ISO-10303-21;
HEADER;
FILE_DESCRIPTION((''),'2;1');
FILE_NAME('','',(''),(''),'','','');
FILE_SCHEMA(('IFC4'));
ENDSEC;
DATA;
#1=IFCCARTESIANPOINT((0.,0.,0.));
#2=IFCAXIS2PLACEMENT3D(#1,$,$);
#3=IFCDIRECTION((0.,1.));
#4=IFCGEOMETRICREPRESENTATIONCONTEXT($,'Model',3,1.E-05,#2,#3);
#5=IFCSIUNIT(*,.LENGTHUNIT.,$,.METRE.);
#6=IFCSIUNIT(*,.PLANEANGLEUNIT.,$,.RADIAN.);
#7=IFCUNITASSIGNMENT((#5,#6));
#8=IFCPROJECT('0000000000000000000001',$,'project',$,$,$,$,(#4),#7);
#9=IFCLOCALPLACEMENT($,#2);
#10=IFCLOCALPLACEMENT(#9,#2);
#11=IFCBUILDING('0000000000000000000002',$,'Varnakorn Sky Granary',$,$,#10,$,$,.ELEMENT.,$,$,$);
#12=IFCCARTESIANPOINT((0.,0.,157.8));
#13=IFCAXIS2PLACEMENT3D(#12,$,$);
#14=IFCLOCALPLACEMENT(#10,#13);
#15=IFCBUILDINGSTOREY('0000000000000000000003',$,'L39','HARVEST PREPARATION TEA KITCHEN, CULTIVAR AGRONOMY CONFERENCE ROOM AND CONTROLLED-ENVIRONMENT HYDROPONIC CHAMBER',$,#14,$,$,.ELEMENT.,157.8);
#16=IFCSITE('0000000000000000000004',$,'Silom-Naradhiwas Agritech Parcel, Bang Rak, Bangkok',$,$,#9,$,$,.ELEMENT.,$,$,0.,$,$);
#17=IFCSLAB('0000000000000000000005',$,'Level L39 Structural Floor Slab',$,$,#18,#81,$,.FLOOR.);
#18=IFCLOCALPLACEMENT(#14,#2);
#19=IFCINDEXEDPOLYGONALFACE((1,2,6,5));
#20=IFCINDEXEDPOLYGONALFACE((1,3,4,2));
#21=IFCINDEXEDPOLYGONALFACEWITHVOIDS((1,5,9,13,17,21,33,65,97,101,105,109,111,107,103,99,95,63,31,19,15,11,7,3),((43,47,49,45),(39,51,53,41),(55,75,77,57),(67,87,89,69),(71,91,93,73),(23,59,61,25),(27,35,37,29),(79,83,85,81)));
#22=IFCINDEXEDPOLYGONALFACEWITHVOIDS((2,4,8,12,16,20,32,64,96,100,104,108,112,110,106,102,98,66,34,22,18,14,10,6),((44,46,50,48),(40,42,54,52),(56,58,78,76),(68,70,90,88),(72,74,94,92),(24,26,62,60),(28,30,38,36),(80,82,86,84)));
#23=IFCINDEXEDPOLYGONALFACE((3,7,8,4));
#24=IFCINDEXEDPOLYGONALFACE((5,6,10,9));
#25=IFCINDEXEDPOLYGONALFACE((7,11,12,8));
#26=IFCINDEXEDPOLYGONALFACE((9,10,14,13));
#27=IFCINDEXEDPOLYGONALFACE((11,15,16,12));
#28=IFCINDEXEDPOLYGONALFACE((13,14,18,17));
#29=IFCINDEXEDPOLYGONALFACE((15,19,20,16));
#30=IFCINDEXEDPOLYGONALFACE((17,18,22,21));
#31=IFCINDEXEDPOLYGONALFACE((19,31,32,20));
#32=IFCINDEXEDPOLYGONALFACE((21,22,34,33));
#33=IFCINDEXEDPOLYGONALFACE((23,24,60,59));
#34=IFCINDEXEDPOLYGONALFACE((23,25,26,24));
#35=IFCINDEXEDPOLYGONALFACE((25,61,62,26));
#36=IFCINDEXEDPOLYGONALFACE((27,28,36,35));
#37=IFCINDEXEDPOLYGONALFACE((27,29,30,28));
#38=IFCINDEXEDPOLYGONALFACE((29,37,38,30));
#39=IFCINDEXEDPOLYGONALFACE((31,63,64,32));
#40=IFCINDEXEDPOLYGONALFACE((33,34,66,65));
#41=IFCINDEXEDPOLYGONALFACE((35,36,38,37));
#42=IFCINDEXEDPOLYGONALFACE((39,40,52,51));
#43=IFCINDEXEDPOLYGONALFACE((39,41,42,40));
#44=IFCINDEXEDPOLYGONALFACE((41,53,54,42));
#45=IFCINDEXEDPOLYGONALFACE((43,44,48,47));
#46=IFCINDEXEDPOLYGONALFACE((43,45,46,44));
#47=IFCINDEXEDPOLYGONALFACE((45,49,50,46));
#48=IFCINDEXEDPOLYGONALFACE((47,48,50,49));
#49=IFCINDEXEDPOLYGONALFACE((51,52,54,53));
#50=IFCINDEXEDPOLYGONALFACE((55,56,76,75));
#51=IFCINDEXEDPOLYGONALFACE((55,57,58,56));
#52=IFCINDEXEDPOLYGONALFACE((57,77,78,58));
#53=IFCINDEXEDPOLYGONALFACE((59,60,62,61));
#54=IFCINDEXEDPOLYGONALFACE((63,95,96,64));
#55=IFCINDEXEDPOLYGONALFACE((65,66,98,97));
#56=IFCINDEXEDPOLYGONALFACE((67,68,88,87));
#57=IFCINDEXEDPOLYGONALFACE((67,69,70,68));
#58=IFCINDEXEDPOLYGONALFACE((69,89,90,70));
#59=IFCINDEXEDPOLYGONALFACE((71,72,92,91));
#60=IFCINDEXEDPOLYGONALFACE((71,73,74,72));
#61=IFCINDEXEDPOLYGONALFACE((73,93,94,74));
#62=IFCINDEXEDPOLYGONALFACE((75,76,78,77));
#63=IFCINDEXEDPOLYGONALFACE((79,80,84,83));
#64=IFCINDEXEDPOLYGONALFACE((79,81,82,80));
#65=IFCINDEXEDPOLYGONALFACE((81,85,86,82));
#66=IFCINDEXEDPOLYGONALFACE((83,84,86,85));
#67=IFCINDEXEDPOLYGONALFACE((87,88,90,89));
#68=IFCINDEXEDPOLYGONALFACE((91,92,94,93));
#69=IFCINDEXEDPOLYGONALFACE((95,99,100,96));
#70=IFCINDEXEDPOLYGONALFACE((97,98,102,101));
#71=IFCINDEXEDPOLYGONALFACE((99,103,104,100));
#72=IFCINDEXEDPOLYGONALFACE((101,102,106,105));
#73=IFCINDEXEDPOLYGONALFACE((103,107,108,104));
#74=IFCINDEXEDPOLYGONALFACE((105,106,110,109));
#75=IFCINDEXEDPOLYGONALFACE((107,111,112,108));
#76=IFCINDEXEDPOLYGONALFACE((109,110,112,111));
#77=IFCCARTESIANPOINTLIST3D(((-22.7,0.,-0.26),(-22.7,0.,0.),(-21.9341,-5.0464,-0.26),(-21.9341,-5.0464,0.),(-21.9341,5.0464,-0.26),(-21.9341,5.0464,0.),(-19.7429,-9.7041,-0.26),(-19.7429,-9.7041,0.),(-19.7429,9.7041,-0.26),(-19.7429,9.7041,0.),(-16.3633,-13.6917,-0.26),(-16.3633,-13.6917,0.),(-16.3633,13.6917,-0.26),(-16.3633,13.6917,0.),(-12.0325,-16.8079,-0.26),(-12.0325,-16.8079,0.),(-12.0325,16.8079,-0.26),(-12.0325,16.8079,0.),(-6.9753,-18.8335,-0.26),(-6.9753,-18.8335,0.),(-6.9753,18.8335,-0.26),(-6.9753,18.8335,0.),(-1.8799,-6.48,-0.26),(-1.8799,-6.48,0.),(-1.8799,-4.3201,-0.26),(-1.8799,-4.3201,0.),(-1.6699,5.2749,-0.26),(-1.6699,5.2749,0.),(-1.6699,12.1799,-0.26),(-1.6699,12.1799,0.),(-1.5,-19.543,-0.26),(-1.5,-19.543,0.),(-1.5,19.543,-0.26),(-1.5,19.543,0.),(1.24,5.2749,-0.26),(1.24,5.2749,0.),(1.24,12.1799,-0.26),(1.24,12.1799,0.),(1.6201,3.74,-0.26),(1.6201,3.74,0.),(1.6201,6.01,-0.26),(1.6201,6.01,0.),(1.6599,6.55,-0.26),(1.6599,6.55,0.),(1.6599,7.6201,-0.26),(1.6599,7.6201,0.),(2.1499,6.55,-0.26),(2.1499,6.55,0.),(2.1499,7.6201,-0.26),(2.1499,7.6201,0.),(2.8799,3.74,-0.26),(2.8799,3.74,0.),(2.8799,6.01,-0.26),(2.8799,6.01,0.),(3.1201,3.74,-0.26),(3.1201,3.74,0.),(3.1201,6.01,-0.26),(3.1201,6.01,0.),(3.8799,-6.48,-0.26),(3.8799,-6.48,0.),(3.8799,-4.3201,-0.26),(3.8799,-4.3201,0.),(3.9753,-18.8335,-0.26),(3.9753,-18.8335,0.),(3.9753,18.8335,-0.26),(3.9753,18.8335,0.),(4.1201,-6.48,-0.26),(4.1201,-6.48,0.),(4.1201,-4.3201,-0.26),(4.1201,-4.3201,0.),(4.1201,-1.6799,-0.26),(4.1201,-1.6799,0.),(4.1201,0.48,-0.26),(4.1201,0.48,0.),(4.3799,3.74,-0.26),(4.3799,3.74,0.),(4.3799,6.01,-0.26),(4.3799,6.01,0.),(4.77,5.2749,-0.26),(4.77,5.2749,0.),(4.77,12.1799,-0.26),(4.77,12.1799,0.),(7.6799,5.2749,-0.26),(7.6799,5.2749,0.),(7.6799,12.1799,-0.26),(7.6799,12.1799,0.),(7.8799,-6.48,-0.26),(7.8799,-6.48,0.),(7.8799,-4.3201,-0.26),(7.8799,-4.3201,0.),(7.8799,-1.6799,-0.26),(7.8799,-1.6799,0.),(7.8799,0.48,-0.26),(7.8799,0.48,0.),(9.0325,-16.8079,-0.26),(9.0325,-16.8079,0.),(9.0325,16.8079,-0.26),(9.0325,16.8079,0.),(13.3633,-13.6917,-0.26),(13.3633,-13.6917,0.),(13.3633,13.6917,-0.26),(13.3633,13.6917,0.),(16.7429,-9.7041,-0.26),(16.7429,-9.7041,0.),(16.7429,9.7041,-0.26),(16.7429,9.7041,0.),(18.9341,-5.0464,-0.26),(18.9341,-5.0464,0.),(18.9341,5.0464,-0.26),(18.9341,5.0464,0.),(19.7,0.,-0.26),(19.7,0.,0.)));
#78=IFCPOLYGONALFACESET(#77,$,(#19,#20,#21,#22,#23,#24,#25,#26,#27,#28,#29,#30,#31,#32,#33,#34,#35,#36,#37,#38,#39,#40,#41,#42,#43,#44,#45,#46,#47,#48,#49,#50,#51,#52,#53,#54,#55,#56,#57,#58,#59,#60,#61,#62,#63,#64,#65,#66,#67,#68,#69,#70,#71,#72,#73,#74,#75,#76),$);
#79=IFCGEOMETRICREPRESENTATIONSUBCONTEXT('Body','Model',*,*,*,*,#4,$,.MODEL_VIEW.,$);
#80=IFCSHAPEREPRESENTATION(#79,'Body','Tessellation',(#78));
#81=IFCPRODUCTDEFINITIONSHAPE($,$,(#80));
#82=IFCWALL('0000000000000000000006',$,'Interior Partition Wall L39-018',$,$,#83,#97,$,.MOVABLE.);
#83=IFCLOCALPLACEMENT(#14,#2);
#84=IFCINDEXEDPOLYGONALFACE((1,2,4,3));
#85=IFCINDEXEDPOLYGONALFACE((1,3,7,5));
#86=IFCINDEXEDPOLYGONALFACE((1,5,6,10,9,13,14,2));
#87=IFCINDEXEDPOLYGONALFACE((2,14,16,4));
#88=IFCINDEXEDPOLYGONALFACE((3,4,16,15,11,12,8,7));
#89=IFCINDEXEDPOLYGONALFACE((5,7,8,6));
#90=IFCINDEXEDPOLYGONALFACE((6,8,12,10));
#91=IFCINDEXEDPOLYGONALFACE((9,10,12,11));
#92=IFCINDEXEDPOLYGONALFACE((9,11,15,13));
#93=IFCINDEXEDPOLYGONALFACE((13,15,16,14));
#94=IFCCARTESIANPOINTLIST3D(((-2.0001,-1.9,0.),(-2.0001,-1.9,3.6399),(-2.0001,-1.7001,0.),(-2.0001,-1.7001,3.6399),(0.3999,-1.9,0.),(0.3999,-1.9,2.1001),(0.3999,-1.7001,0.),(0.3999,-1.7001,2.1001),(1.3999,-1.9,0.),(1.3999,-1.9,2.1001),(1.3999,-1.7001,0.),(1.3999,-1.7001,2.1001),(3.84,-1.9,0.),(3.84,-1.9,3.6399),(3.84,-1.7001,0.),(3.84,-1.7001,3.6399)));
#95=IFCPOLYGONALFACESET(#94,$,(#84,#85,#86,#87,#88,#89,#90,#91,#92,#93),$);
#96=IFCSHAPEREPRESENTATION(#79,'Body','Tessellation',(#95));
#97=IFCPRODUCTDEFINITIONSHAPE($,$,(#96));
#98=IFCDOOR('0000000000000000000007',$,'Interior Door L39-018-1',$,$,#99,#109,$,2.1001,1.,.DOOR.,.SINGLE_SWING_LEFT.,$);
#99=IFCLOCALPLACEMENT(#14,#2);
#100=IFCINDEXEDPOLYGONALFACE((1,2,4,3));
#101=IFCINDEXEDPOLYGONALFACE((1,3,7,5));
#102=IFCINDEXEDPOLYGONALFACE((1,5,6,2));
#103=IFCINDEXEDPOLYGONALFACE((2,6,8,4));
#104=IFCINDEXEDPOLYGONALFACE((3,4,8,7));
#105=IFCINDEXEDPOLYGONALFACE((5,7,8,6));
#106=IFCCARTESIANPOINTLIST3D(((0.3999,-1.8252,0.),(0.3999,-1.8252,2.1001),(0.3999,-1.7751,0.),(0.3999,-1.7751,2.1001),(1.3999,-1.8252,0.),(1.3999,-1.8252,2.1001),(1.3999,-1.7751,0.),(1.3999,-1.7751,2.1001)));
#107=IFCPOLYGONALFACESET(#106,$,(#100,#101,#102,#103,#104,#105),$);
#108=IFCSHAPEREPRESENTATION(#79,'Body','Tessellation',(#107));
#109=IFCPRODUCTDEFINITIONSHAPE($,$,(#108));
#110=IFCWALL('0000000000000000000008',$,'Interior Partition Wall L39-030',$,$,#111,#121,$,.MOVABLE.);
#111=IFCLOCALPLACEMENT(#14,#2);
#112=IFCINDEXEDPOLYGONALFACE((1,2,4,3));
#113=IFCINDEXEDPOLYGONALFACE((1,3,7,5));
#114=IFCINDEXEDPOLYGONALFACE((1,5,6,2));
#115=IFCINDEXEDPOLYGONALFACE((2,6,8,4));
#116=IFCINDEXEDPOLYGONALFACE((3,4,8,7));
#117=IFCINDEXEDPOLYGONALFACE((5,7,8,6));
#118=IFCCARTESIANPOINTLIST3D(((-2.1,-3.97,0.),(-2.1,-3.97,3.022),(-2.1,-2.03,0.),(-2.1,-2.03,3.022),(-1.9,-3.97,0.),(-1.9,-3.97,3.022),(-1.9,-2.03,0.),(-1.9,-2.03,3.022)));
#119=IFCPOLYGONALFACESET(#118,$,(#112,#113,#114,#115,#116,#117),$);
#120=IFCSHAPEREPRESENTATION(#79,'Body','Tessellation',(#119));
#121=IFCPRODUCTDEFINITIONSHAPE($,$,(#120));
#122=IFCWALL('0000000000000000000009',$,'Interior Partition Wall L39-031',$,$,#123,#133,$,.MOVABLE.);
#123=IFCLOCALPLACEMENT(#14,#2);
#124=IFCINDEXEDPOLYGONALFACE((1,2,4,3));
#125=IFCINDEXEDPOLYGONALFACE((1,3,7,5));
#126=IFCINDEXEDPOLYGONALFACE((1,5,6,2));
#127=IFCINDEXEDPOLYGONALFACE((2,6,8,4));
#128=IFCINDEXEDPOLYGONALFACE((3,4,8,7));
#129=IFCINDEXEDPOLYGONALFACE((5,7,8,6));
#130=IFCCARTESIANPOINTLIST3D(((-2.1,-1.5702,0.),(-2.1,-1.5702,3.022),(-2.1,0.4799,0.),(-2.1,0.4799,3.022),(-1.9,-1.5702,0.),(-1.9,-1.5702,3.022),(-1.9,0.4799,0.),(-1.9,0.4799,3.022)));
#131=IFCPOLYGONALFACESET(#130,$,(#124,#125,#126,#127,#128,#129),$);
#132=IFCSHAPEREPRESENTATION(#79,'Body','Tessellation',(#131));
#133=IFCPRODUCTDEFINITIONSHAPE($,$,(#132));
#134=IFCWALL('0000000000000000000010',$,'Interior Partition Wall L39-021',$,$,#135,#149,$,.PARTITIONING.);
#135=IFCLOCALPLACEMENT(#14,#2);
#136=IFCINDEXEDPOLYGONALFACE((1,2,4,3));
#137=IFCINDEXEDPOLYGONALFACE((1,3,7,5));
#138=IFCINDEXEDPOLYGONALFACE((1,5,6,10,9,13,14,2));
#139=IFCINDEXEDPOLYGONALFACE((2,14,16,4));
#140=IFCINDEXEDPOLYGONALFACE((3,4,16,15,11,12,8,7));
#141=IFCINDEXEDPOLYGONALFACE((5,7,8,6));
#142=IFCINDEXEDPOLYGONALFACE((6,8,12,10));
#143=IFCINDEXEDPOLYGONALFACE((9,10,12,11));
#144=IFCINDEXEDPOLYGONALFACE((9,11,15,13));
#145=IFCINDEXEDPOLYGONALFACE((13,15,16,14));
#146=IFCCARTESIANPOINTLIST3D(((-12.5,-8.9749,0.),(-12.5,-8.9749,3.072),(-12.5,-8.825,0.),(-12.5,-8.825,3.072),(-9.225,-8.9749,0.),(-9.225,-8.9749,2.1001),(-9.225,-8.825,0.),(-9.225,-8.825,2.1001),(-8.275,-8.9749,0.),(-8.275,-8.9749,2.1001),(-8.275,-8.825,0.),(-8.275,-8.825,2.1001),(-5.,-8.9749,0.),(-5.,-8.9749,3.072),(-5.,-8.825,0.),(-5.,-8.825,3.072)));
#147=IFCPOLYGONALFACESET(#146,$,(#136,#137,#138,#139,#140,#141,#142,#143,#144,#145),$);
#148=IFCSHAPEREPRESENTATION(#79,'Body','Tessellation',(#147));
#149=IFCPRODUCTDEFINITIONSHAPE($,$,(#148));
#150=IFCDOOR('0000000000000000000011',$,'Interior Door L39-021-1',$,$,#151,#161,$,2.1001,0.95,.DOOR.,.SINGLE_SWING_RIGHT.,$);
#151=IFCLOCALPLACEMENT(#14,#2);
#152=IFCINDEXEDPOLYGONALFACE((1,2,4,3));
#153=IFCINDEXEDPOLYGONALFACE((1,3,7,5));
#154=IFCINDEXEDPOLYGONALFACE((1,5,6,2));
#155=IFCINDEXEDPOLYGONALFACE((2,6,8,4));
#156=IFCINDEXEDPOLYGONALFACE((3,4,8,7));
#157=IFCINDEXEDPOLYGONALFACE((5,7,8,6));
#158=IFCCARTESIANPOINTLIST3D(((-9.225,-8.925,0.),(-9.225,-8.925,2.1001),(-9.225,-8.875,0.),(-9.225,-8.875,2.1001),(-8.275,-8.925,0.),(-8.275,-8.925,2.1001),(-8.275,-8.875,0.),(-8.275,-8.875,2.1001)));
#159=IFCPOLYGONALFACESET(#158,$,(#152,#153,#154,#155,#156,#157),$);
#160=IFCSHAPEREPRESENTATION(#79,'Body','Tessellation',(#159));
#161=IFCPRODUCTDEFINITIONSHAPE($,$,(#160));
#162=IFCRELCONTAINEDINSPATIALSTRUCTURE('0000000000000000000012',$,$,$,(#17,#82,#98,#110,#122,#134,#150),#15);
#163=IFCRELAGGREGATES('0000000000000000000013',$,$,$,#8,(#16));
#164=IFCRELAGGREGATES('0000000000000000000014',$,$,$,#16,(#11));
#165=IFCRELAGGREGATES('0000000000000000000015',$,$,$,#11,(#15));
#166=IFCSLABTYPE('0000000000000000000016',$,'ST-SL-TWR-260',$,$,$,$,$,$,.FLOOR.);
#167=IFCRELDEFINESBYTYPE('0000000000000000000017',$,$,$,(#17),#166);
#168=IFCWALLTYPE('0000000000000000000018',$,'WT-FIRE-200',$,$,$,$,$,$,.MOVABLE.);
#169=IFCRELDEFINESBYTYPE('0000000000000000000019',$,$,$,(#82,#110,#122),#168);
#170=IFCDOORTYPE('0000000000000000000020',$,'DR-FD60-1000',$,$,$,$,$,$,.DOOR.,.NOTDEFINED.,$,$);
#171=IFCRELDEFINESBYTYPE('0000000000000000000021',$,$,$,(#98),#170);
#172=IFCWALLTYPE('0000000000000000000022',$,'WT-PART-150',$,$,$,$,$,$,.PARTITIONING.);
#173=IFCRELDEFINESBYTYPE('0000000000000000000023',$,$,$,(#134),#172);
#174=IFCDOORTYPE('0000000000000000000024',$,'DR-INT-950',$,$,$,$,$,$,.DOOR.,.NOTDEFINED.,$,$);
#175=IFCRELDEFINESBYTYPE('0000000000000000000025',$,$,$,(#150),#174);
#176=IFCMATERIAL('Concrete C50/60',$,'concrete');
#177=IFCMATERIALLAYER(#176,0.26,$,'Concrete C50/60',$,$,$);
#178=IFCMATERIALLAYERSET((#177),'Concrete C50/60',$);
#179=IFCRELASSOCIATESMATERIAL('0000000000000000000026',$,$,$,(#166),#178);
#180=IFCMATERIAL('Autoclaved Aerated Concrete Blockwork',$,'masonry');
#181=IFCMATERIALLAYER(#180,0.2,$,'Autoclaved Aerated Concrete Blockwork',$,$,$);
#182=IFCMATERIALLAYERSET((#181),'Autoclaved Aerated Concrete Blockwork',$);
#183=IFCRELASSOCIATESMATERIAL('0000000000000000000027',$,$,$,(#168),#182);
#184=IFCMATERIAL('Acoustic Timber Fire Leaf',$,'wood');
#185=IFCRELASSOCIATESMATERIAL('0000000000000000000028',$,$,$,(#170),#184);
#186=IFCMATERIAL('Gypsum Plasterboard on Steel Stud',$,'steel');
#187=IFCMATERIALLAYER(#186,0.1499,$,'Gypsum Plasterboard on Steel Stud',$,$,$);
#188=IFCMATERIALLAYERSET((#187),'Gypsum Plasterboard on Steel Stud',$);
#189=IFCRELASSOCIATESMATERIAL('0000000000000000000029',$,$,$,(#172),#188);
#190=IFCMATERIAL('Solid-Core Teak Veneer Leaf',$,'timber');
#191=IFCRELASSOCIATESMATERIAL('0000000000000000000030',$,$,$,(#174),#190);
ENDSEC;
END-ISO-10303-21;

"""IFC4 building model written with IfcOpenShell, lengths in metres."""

from ifc_helpers import new_model, si_unit, direction, frame, frame_2d, origin, place, context, subcontext, project, spatial, polyline, rectangle, outline, extrude, material, layer, layer_set, type_object, element, fill, save


model = new_model("IFC4")

# Units and contexts
model_context = context("Model", 3, precision=1e-05, world=origin(), true_north=direction((0.0, 1.0)))
body_context = subcontext(model_context, "Body", "Model", "MODEL_VIEW")
ifc_project = project(units=[si_unit("LENGTHUNIT", "METRE"), si_unit("PLANEANGLEUNIT", "RADIAN")], contexts=[model_context])

# Site, building, storey
site_placement = place(None, origin())
site = spatial("IfcSite", under=ifc_project, at=site_placement, Name="Silom-Naradhiwas Agritech Parcel, Bang Rak, Bangkok", CompositionType="ELEMENT", RefElevation=0.0)
building_placement = place(site_placement, origin())
building = spatial("IfcBuilding", under=site, at=building_placement, Name="Varnakorn Sky Granary", CompositionType="ELEMENT")
storey_placement = place(building_placement, frame((0.0, 0.0, 157.8)))
storey = spatial("IfcBuildingStorey", under=building, at=storey_placement, Name="L39", Description="HARVEST PREPARATION TEA KITCHEN, CULTIVAR AGRONOMY CONFERENCE ROOM AND CONTROLLED-ENVIRONMENT HYDROPONIC CHAMBER", CompositionType="ELEMENT", Elevation=157.8)

# Shared definitions
ifc_material_1 = material(Name="Concrete C50/60", Category="concrete")

# Slab
ifc_layer_1 = layer(ifc_material_1, 0.26, Name="Concrete C50/60")
ifc_layer_set_1 = layer_set([ifc_layer_1], Name="Concrete C50/60")
slab_type_1 = type_object("IfcSlabType", Name="ST-SL-TWR-260", PredefinedType="FLOOR", material=ifc_layer_set_1)
slab_1_placement = place(storey_placement, frame((0.0, 0.0, -0.26)))
element("IfcSlab", 1, at=slab_1_placement, inside=storey, type_object=slab_type_1, Name="Level L39 Structural Floor Slab", PredefinedType="FLOOR", context=body_context, shape_type="SweptSolid", body=[
    extrude(outline(polyline([(19.7, 0.0), (18.9341, 5.0464), (16.7429, 9.7041), (13.3633, 13.6917), (9.0325, 16.8079), (3.9753, 18.8335), (-1.5, 19.543), (-6.9753, 18.8335), (-12.0325, 16.8079), (-16.3633, 13.6917), (-19.7429, 9.7041), (-21.9341, 5.0464), (-22.7, 0.0), (-21.9341, -5.0464), (-19.7429, -9.7041), (-16.3633, -13.6917), (-12.0325, -16.8079), (-6.9753, -18.8335), (-1.5, -19.543), (3.9753, -18.8335), (9.0325, -16.8079), (13.3633, -13.6917), (16.7429, -9.7041), (18.9341, -5.0464), (19.7, 0.0)]), holes=[polyline([(1.24, 5.2749), (1.24, 12.1799), (-1.6699, 12.1799), (-1.6699, 5.2749), (1.24, 5.2749)]), polyline([(7.6799, 5.2749), (7.6799, 12.1799), (4.77, 12.1799), (4.77, 5.2749), (7.6799, 5.2749)]), polyline([(1.6599, 6.55), (2.1499, 6.55), (2.1499, 7.6201), (1.6599, 7.6201), (1.6599, 6.55)]), polyline([(1.6201, 3.74), (2.8799, 3.74), (2.8799, 6.01), (1.6201, 6.01), (1.6201, 3.74)]), polyline([(3.1201, 3.74), (4.3799, 3.74), (4.3799, 6.01), (3.1201, 6.01), (3.1201, 3.74)]), polyline([(4.1201, -1.6799), (7.8799, -1.6799), (7.8799, 0.48), (4.1201, 0.48), (4.1201, -1.6799)]), polyline([(-1.8799, -6.48), (3.8799, -6.48), (3.8799, -4.3201), (-1.8799, -4.3201), (-1.8799, -6.48)]), polyline([(4.1201, -6.48), (7.8799, -6.48), (7.8799, -4.3201), (4.1201, -4.3201), (4.1201, -6.48)])]), origin(), (0.0, 0.0, 1.0), 0.26),
])

# Wall, opening, door
ifc_material_2 = material(Name="Autoclaved Aerated Concrete Blockwork", Category="masonry")
ifc_layer_2 = layer(ifc_material_2, 0.2, Name="Autoclaved Aerated Concrete Blockwork")
ifc_layer_set_2 = layer_set([ifc_layer_2], Name="Autoclaved Aerated Concrete Blockwork")
wall_type_1 = type_object("IfcWallType", Name="WT-FIRE-200", PredefinedType="MOVABLE", material=ifc_layer_set_2)
wall_1_placement = place(storey_placement, frame((-2.0, -1.8, 0.0), z_axis=(0.0, 0.0, 1.0), x_axis=(1.0, 0.0, 0.0)))
wall_1 = element("IfcWall", 2, at=wall_1_placement, inside=storey, type_object=wall_type_1, Name="Interior Partition Wall L39-018", PredefinedType="MOVABLE", context=body_context, shape_type="SweptSolid", body=[
    extrude(rectangle(XDim=5.8401, YDim=0.2, at=frame_2d((2.9199, 0.0))), origin(), (0.0, 0.0, 1.0), 3.6399),
])
opening_1_placement = place(wall_1_placement, frame((2.3999, 0.0, 0.0)))
opening_1 = element("IfcOpeningElement", 3, at=opening_1_placement, cuts=wall_1, PredefinedType="OPENING", context=body_context, shape_type="SweptSolid", body=[
    extrude(rectangle(XDim=1.0, YDim=2.1001, at=frame_2d((0.5, 1.05))), frame((0.0, 0.1099, 0.0), z_axis=(0.0, -1.0, 0.0), x_axis=(1.0, 0.0, 0.0)), (0.0, 0.0, 1.0), 0.22),
])
ifc_material_3 = material(Name="Acoustic Timber Fire Leaf", Category="wood")
door_type_1 = type_object("IfcDoorType", Name="DR-FD60-1000", OperationType="NOTDEFINED", PredefinedType="DOOR", material=ifc_material_3)
door_1_placement = place(opening_1_placement, origin())
door_1 = element("IfcDoor", 4, at=door_1_placement, inside=storey, type_object=door_type_1, Name="Interior Door L39-018-1", OperationType="SINGLE_SWING_LEFT", OverallHeight=2.1001, OverallWidth=1.0, PredefinedType="DOOR", context=body_context, shape_type="SweptSolid", body=[
    extrude(rectangle(XDim=1.0, YDim=2.1001, at=frame_2d((0.5, 1.05))), frame((0.0, 0.0249, 0.0), z_axis=(0.0, -1.0, 0.0), x_axis=(1.0, 0.0, 0.0)), (0.0, 0.0, 1.0), 0.05),
])
fill(opening_1, door_1)

# Walls
wall_2_placement = place(storey_placement, frame((-2.0, -3.97, 0.0), z_axis=(0.0, 0.0, 1.0), x_axis=(0.0, 1.0, 0.0)))
element("IfcWall", 5, at=wall_2_placement, inside=storey, type_object=wall_type_1, Name="Interior Partition Wall L39-030", PredefinedType="MOVABLE", context=body_context, shape_type="SweptSolid", body=[
    extrude(rectangle(XDim=1.9399, YDim=0.2, at=frame_2d((0.97, 0.0))), origin(), (0.0, 0.0, 1.0), 3.022),
])
wall_3_placement = place(storey_placement, frame((-2.0, -1.5701, 0.0), z_axis=(0.0, 0.0, 1.0), x_axis=(0.0, 1.0, 0.0)))
element("IfcWall", 6, at=wall_3_placement, inside=storey, type_object=wall_type_1, Name="Interior Partition Wall L39-031", PredefinedType="MOVABLE", context=body_context, shape_type="SweptSolid", body=[
    extrude(rectangle(XDim=2.05, YDim=0.2, at=frame_2d((1.0249, 0.0))), origin(), (0.0, 0.0, 1.0), 3.022),
])

# Wall, opening, door
ifc_material_4 = material(Name="Gypsum Plasterboard on Steel Stud", Category="steel")
ifc_layer_3 = layer(ifc_material_4, 0.1499, Name="Gypsum Plasterboard on Steel Stud")
ifc_layer_set_3 = layer_set([ifc_layer_3], Name="Gypsum Plasterboard on Steel Stud")
wall_type_2 = type_object("IfcWallType", Name="WT-PART-150", PredefinedType="PARTITIONING", material=ifc_layer_set_3)
wall_4_placement = place(storey_placement, frame((-12.5, -8.8999, 0.0), z_axis=(0.0, 0.0, 1.0), x_axis=(1.0, 0.0, 0.0)))
wall_4 = element("IfcWall", 7, at=wall_4_placement, inside=storey, type_object=wall_type_2, Name="Interior Partition Wall L39-021", PredefinedType="PARTITIONING", context=body_context, shape_type="SweptSolid", body=[
    extrude(rectangle(XDim=7.5, YDim=0.1499, at=frame_2d((3.75, 0.0))), origin(), (0.0, 0.0, 1.0), 3.072),
])
opening_2_placement = place(wall_4_placement, frame((3.2749, 0.0, 0.0)))
opening_2 = element("IfcOpeningElement", 8, at=opening_2_placement, cuts=wall_4, PredefinedType="OPENING", context=body_context, shape_type="SweptSolid", body=[
    extrude(rectangle(XDim=0.95, YDim=2.1001, at=frame_2d((0.4751, 1.05))), frame((0.0, 0.085, 0.0), z_axis=(0.0, -1.0, 0.0), x_axis=(1.0, 0.0, 0.0)), (0.0, 0.0, 1.0), 0.1699),
])
ifc_material_5 = material(Name="Solid-Core Teak Veneer Leaf", Category="timber")
door_type_2 = type_object("IfcDoorType", Name="DR-INT-950", OperationType="NOTDEFINED", PredefinedType="DOOR", material=ifc_material_5)
door_2_placement = place(opening_2_placement, origin())
door_2 = element("IfcDoor", 9, at=door_2_placement, inside=storey, type_object=door_type_2, Name="Interior Door L39-021-1", OperationType="SINGLE_SWING_RIGHT", OverallHeight=2.1001, OverallWidth=0.95, PredefinedType="DOOR", context=body_context, shape_type="SweptSolid", body=[
    extrude(rectangle(XDim=0.95, YDim=2.1001, at=frame_2d((0.4751, 1.05))), frame((0.0, 0.0249, 0.0), z_axis=(0.0, -1.0, 0.0), x_axis=(1.0, 0.0, 0.0)), (0.0, 0.0, 1.0), 0.05),
])
fill(opening_2, door_2)

save(model, "model.ifc")
